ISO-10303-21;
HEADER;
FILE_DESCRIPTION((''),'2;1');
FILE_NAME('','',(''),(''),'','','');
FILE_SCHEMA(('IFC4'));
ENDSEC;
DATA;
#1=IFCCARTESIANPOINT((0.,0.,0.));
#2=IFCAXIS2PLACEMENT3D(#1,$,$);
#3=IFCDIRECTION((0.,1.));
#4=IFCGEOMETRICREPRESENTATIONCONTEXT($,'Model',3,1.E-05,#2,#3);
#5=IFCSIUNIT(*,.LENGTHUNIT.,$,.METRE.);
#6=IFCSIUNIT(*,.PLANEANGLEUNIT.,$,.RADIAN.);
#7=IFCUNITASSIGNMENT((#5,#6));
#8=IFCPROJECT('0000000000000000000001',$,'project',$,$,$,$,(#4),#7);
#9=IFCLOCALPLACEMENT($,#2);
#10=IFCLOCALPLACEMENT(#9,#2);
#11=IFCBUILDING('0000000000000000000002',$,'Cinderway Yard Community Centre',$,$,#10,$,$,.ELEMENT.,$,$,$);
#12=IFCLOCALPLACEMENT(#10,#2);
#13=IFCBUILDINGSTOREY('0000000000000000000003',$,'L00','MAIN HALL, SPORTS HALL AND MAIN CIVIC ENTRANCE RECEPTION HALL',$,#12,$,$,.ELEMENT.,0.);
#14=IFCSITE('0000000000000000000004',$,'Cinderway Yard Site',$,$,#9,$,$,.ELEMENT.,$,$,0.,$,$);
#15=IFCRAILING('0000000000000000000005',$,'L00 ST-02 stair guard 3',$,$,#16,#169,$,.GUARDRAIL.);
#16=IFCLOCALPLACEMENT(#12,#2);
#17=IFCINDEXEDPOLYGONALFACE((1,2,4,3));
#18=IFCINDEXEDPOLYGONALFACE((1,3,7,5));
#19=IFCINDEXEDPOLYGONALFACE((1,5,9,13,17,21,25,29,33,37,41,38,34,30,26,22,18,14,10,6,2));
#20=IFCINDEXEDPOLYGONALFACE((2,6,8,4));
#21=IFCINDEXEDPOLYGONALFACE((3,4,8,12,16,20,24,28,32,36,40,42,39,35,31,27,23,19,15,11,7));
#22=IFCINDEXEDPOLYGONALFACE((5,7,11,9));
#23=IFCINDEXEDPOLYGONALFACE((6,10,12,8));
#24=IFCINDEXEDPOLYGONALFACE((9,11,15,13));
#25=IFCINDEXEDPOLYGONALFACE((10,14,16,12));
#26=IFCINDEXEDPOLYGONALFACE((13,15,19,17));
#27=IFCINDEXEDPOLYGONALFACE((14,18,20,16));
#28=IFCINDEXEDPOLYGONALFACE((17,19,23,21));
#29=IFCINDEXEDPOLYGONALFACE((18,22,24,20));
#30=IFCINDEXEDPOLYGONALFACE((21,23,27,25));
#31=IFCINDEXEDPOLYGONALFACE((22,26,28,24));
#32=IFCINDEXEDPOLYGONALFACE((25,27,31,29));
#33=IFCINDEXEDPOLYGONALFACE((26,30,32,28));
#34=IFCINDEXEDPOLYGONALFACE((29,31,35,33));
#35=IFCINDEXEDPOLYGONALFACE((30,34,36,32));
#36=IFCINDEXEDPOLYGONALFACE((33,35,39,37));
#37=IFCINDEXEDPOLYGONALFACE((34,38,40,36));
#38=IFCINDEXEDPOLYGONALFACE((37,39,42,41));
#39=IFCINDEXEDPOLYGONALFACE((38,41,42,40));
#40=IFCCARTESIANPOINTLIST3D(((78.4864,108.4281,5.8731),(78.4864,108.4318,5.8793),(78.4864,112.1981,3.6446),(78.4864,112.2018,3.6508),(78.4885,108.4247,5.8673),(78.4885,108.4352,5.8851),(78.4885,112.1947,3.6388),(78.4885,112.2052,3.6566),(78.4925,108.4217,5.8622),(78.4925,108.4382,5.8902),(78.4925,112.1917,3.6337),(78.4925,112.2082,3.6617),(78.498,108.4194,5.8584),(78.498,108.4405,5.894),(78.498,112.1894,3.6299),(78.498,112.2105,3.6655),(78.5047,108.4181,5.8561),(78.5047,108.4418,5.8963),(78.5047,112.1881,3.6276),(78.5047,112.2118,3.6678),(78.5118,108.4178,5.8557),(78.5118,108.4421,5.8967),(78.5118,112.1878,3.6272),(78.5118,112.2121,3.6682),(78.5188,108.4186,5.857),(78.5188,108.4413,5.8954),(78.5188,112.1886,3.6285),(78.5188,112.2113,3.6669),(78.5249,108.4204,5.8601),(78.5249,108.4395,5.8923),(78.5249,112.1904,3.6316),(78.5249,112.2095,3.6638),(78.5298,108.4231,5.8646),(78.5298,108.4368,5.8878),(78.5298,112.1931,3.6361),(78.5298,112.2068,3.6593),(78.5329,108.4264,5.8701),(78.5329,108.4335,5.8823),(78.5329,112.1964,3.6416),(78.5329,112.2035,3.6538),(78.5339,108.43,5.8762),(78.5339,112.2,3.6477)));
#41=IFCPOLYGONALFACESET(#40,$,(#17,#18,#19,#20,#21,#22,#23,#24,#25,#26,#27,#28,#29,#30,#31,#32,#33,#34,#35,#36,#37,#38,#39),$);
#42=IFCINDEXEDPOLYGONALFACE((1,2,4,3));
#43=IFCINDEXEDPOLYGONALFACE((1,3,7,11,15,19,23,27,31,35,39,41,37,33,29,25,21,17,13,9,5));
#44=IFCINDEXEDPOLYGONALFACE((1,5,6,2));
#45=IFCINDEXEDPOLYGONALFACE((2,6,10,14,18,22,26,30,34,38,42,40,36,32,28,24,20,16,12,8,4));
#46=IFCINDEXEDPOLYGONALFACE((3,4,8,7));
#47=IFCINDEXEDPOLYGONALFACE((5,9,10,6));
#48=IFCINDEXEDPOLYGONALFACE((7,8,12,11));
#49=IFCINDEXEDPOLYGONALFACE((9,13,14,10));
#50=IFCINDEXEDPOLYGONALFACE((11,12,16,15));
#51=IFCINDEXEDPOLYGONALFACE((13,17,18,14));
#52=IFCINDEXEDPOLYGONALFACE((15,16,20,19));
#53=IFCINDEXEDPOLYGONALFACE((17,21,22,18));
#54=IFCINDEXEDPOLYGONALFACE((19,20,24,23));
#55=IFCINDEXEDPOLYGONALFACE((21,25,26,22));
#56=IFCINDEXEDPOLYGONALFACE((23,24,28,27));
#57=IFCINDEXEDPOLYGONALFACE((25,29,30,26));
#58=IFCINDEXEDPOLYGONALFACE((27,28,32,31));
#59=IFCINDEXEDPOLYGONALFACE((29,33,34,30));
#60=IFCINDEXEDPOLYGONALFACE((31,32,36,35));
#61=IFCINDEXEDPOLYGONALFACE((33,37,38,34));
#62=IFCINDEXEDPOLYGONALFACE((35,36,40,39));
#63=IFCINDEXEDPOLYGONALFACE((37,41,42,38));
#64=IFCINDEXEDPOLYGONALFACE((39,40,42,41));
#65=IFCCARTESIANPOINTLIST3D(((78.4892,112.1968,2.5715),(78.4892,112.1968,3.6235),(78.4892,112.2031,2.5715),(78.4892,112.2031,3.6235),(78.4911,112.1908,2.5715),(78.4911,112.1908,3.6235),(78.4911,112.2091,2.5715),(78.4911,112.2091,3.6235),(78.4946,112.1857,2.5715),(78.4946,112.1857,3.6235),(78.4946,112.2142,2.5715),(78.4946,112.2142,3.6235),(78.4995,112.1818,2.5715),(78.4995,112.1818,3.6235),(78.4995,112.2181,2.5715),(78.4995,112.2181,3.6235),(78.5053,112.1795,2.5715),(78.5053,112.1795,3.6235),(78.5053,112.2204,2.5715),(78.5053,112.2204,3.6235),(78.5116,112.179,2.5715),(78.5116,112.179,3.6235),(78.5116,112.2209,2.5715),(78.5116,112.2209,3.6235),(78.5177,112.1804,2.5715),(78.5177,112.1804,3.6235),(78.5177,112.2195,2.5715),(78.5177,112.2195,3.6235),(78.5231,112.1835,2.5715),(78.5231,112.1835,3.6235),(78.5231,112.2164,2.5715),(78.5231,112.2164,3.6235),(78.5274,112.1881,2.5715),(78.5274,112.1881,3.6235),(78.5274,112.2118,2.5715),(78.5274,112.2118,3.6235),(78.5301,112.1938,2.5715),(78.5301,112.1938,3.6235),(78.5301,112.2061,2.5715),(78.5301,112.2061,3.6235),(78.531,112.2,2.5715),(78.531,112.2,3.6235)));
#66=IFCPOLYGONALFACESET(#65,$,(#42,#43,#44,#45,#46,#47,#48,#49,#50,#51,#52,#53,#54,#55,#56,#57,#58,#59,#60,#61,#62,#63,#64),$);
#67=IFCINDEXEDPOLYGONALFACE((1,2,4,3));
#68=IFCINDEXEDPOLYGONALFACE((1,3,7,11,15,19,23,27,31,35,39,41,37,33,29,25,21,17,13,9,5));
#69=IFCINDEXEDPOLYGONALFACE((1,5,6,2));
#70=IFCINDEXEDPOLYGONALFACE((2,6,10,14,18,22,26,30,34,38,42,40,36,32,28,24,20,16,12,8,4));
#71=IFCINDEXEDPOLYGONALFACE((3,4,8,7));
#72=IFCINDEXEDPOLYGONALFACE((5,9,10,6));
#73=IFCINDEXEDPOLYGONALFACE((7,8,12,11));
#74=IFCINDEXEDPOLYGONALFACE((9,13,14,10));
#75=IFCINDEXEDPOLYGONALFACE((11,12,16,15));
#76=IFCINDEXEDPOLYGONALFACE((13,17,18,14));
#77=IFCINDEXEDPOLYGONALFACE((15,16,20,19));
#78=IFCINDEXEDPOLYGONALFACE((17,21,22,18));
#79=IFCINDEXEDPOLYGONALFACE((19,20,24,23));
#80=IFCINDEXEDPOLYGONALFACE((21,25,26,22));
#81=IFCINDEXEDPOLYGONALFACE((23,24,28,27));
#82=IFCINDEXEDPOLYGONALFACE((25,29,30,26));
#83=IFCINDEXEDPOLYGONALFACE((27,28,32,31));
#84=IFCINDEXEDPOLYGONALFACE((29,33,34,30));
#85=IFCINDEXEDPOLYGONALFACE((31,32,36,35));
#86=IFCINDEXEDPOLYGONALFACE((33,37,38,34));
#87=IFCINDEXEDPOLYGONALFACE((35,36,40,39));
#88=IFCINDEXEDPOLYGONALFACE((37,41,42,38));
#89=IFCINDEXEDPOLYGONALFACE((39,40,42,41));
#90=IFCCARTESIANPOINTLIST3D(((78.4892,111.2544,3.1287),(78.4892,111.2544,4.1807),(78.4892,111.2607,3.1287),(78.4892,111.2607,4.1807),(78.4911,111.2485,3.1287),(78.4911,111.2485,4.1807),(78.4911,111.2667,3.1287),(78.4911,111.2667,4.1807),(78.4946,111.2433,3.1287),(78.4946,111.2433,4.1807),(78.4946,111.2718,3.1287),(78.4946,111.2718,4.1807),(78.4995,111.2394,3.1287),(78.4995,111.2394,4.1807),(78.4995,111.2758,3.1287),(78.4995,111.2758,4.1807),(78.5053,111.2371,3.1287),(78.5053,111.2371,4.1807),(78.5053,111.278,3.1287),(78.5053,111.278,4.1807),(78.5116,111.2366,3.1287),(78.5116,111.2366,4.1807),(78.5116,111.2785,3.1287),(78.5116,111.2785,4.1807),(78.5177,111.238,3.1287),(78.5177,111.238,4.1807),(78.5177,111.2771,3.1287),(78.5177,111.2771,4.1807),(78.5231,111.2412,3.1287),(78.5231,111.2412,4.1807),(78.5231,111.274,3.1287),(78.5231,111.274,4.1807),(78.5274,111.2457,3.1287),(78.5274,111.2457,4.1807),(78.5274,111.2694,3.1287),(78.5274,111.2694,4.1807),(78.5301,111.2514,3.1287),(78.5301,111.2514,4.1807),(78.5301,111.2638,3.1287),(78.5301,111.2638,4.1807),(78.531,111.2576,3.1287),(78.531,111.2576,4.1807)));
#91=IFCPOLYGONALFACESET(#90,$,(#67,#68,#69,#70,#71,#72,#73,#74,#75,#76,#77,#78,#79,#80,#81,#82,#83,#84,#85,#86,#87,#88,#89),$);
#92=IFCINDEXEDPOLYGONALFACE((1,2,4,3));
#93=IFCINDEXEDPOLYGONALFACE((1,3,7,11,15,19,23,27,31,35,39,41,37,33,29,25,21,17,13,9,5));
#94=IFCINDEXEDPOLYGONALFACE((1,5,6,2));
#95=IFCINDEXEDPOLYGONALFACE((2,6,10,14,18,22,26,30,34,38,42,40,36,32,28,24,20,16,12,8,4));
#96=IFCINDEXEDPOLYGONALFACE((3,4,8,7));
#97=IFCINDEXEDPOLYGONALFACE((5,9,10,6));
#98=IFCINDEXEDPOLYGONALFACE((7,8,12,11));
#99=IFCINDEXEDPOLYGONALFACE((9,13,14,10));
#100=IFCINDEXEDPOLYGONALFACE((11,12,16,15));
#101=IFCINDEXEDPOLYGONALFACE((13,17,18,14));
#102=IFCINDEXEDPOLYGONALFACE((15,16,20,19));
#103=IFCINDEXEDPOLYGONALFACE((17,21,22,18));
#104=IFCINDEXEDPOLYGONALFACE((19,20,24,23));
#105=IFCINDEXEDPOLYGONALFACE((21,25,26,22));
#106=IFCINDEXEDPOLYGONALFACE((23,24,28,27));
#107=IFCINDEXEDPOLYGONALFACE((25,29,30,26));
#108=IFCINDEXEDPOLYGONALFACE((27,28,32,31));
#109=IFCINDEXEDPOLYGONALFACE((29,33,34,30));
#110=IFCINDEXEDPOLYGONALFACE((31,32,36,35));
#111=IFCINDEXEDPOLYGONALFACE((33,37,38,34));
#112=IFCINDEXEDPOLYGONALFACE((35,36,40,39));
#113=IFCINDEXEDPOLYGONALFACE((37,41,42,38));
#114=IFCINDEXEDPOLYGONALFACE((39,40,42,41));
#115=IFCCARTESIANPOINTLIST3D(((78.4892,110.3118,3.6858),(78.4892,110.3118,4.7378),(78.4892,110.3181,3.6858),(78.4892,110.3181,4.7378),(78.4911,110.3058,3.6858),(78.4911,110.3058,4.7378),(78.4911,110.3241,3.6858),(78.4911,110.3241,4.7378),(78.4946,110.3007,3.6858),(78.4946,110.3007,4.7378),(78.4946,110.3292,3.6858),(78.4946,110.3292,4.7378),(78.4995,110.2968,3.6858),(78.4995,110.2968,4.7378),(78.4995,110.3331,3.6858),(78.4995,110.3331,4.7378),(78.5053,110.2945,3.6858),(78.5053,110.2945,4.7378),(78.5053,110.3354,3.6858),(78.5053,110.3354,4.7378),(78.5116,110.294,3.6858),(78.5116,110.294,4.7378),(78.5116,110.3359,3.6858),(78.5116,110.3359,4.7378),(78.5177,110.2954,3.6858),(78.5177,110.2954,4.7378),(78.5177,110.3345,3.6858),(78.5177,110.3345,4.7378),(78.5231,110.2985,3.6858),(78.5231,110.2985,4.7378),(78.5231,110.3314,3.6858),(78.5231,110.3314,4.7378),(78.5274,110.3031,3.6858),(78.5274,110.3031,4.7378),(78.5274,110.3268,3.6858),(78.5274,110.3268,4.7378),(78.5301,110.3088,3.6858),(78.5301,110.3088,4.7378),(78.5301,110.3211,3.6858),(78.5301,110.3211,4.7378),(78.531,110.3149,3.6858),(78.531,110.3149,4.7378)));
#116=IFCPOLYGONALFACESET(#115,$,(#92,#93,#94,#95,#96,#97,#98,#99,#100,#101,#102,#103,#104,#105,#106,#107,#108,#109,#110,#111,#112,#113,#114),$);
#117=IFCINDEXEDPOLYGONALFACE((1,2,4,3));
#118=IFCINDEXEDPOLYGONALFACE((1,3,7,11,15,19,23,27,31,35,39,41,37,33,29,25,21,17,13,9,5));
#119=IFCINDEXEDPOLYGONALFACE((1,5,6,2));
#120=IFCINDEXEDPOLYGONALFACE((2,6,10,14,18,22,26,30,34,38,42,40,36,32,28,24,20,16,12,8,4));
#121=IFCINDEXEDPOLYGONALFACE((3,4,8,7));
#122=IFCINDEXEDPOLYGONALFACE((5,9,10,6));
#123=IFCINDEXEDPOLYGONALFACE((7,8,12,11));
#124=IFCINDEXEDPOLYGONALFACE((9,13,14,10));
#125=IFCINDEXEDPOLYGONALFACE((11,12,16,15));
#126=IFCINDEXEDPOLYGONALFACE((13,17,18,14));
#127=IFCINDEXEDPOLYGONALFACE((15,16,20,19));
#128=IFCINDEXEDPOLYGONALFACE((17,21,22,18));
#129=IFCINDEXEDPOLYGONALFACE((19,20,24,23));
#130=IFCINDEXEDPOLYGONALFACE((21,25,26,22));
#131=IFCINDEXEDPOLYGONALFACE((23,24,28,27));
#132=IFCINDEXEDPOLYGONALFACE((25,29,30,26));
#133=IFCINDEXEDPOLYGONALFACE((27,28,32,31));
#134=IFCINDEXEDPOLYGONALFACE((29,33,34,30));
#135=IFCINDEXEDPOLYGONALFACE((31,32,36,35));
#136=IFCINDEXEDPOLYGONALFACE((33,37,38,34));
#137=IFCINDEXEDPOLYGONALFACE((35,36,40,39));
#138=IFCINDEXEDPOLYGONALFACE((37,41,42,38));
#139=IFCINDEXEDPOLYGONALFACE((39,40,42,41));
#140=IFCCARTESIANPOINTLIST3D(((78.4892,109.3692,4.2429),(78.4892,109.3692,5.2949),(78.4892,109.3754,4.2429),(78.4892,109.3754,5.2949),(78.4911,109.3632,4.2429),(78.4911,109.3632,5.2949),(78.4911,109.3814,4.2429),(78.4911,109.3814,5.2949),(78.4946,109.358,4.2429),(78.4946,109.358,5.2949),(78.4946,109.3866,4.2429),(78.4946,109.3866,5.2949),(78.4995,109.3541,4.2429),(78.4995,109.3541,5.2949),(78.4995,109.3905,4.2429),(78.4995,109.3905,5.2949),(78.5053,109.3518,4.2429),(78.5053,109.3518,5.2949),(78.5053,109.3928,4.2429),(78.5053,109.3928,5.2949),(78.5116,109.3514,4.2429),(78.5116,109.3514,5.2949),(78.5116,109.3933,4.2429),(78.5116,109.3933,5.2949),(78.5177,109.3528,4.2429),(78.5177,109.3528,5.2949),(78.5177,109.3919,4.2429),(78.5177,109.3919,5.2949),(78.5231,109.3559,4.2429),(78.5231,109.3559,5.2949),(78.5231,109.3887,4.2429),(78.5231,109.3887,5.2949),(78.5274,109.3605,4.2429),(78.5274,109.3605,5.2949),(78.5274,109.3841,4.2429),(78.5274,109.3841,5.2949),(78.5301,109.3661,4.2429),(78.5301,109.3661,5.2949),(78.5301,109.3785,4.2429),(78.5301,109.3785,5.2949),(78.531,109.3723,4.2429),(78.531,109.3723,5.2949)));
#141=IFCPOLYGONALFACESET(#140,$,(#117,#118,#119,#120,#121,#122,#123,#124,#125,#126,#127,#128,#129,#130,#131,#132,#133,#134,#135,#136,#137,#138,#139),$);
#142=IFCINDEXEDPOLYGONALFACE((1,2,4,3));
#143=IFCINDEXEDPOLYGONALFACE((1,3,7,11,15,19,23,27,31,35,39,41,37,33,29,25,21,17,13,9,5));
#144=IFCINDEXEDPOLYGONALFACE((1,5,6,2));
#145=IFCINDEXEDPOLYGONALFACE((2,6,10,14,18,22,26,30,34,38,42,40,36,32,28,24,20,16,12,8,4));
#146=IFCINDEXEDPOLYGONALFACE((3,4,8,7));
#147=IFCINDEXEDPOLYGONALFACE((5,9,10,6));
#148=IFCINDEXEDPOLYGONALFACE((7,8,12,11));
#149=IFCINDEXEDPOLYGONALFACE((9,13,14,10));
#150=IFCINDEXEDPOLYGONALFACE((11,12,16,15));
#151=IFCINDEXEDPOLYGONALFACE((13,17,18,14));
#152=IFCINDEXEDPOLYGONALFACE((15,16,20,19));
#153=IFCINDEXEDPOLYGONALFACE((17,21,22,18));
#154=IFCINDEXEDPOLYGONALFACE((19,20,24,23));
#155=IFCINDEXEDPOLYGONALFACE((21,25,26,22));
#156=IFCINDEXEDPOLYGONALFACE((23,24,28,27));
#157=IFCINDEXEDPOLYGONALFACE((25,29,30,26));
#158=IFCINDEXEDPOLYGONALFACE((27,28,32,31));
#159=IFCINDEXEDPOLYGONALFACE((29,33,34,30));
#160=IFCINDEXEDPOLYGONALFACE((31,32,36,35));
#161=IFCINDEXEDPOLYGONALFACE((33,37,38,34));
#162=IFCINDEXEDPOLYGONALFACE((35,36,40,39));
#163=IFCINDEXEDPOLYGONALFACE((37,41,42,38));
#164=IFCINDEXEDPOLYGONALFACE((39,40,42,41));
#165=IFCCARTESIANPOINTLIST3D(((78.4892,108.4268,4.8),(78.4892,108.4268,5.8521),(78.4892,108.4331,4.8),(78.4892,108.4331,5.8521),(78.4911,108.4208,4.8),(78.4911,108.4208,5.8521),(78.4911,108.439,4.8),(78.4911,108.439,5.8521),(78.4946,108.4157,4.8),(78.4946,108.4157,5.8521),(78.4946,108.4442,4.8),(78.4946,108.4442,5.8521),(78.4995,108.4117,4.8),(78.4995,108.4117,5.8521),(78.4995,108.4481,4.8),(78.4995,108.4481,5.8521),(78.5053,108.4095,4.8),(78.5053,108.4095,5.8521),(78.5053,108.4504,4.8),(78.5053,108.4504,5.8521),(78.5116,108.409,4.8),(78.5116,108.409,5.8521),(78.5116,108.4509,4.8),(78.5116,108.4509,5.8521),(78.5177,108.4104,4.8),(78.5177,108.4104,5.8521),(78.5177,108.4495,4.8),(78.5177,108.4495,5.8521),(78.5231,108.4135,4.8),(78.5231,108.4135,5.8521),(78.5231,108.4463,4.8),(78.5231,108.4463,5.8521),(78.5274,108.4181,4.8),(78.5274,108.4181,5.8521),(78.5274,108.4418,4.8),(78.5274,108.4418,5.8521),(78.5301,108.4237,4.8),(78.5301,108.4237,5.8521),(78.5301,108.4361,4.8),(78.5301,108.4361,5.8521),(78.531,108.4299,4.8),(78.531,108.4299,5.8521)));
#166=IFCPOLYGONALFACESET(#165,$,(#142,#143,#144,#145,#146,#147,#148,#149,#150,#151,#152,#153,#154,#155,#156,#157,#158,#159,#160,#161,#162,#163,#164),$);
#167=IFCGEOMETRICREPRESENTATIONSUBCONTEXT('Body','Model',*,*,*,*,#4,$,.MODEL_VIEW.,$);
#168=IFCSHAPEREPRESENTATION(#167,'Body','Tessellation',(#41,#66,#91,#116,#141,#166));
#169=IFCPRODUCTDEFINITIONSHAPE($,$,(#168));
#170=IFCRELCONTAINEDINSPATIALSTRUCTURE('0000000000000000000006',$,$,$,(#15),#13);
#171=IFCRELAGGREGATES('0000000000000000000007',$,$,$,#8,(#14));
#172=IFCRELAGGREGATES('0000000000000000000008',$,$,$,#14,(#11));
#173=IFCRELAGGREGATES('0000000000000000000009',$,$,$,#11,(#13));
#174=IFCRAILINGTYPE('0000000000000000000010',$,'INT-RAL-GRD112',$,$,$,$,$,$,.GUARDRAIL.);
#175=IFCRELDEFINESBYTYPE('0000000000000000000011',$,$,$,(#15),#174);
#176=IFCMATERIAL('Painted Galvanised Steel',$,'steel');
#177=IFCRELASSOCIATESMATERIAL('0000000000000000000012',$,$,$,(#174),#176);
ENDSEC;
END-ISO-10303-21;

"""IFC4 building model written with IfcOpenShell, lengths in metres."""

from ifc_helpers import new_model, si_unit, direction, frame, origin, origin_2d, place, context, subcontext, project, spatial, circle, extrude, material, type_object, element, save


model = new_model("IFC4")

# Units and contexts
model_context = context("Model", 3, precision=1e-05, world=origin(), true_north=direction((0.0, 1.0)))
body_context = subcontext(model_context, "Body", "Model", "MODEL_VIEW")
ifc_project = project(units=[si_unit("LENGTHUNIT", "METRE"), si_unit("PLANEANGLEUNIT", "RADIAN")], contexts=[model_context])

# Site, building, storey
site_placement = place(None, origin())
site = spatial("IfcSite", under=ifc_project, at=site_placement, Name="Cinderway Yard Site", CompositionType="ELEMENT", RefElevation=0.0)
building_placement = place(site_placement, origin())
building = spatial("IfcBuilding", under=site, at=building_placement, Name="Cinderway Yard Community Centre", CompositionType="ELEMENT")
storey_placement = place(building_placement, origin())
storey = spatial("IfcBuildingStorey", under=building, at=storey_placement, Name="L00", Description="MAIN HALL, SPORTS HALL AND MAIN CIVIC ENTRANCE RECEPTION HALL", CompositionType="ELEMENT", Elevation=0.0)

# Railing
ifc_material_1 = material(Name="Painted Galvanised Steel", Category="steel")
railing_type_1 = type_object("IfcRailingType", Name="INT-RAL-GRD112", PredefinedType="GUARDRAIL", material=ifc_material_1)
railing_1_placement = place(storey_placement, frame((78.51, 112.2, 2.5715)))
element("IfcRailing", 1, at=railing_1_placement, inside=storey, type_object=railing_type_1, Name="L00 ST-02 stair guard 3", PredefinedType="GUARDRAIL", context=body_context, shape_type="SweptSolid", body=[
    extrude(circle(Radius=0.0239, at=origin_2d()), frame((0.0, 0.0, 1.0762), z_axis=(0.0, -0.860849, 0.508861), x_axis=(1.0, 0.0, 0.0)), (0.0, 0.0, 1.0), 4.3794),
    extrude(circle(Radius=0.021, at=origin_2d()), origin(), (0.0, 0.0, 1.0), 1.052),
    extrude(circle(Radius=0.021, at=origin_2d()), frame((0.0, -0.9424, 0.5571)), (0.0, 0.0, 1.0), 1.052),
    extrude(circle(Radius=0.021, at=origin_2d()), frame((0.0, -1.885, 1.1143)), (0.0, 0.0, 1.0), 1.052),
    extrude(circle(Radius=0.021, at=origin_2d()), frame((0.0, -2.8276, 1.6714)), (0.0, 0.0, 1.0), 1.052),
    extrude(circle(Radius=0.021, at=origin_2d()), frame((0.0, -3.77, 2.2285)), (0.0, 0.0, 1.0), 1.052),
])

save(model, "model.ifc")
